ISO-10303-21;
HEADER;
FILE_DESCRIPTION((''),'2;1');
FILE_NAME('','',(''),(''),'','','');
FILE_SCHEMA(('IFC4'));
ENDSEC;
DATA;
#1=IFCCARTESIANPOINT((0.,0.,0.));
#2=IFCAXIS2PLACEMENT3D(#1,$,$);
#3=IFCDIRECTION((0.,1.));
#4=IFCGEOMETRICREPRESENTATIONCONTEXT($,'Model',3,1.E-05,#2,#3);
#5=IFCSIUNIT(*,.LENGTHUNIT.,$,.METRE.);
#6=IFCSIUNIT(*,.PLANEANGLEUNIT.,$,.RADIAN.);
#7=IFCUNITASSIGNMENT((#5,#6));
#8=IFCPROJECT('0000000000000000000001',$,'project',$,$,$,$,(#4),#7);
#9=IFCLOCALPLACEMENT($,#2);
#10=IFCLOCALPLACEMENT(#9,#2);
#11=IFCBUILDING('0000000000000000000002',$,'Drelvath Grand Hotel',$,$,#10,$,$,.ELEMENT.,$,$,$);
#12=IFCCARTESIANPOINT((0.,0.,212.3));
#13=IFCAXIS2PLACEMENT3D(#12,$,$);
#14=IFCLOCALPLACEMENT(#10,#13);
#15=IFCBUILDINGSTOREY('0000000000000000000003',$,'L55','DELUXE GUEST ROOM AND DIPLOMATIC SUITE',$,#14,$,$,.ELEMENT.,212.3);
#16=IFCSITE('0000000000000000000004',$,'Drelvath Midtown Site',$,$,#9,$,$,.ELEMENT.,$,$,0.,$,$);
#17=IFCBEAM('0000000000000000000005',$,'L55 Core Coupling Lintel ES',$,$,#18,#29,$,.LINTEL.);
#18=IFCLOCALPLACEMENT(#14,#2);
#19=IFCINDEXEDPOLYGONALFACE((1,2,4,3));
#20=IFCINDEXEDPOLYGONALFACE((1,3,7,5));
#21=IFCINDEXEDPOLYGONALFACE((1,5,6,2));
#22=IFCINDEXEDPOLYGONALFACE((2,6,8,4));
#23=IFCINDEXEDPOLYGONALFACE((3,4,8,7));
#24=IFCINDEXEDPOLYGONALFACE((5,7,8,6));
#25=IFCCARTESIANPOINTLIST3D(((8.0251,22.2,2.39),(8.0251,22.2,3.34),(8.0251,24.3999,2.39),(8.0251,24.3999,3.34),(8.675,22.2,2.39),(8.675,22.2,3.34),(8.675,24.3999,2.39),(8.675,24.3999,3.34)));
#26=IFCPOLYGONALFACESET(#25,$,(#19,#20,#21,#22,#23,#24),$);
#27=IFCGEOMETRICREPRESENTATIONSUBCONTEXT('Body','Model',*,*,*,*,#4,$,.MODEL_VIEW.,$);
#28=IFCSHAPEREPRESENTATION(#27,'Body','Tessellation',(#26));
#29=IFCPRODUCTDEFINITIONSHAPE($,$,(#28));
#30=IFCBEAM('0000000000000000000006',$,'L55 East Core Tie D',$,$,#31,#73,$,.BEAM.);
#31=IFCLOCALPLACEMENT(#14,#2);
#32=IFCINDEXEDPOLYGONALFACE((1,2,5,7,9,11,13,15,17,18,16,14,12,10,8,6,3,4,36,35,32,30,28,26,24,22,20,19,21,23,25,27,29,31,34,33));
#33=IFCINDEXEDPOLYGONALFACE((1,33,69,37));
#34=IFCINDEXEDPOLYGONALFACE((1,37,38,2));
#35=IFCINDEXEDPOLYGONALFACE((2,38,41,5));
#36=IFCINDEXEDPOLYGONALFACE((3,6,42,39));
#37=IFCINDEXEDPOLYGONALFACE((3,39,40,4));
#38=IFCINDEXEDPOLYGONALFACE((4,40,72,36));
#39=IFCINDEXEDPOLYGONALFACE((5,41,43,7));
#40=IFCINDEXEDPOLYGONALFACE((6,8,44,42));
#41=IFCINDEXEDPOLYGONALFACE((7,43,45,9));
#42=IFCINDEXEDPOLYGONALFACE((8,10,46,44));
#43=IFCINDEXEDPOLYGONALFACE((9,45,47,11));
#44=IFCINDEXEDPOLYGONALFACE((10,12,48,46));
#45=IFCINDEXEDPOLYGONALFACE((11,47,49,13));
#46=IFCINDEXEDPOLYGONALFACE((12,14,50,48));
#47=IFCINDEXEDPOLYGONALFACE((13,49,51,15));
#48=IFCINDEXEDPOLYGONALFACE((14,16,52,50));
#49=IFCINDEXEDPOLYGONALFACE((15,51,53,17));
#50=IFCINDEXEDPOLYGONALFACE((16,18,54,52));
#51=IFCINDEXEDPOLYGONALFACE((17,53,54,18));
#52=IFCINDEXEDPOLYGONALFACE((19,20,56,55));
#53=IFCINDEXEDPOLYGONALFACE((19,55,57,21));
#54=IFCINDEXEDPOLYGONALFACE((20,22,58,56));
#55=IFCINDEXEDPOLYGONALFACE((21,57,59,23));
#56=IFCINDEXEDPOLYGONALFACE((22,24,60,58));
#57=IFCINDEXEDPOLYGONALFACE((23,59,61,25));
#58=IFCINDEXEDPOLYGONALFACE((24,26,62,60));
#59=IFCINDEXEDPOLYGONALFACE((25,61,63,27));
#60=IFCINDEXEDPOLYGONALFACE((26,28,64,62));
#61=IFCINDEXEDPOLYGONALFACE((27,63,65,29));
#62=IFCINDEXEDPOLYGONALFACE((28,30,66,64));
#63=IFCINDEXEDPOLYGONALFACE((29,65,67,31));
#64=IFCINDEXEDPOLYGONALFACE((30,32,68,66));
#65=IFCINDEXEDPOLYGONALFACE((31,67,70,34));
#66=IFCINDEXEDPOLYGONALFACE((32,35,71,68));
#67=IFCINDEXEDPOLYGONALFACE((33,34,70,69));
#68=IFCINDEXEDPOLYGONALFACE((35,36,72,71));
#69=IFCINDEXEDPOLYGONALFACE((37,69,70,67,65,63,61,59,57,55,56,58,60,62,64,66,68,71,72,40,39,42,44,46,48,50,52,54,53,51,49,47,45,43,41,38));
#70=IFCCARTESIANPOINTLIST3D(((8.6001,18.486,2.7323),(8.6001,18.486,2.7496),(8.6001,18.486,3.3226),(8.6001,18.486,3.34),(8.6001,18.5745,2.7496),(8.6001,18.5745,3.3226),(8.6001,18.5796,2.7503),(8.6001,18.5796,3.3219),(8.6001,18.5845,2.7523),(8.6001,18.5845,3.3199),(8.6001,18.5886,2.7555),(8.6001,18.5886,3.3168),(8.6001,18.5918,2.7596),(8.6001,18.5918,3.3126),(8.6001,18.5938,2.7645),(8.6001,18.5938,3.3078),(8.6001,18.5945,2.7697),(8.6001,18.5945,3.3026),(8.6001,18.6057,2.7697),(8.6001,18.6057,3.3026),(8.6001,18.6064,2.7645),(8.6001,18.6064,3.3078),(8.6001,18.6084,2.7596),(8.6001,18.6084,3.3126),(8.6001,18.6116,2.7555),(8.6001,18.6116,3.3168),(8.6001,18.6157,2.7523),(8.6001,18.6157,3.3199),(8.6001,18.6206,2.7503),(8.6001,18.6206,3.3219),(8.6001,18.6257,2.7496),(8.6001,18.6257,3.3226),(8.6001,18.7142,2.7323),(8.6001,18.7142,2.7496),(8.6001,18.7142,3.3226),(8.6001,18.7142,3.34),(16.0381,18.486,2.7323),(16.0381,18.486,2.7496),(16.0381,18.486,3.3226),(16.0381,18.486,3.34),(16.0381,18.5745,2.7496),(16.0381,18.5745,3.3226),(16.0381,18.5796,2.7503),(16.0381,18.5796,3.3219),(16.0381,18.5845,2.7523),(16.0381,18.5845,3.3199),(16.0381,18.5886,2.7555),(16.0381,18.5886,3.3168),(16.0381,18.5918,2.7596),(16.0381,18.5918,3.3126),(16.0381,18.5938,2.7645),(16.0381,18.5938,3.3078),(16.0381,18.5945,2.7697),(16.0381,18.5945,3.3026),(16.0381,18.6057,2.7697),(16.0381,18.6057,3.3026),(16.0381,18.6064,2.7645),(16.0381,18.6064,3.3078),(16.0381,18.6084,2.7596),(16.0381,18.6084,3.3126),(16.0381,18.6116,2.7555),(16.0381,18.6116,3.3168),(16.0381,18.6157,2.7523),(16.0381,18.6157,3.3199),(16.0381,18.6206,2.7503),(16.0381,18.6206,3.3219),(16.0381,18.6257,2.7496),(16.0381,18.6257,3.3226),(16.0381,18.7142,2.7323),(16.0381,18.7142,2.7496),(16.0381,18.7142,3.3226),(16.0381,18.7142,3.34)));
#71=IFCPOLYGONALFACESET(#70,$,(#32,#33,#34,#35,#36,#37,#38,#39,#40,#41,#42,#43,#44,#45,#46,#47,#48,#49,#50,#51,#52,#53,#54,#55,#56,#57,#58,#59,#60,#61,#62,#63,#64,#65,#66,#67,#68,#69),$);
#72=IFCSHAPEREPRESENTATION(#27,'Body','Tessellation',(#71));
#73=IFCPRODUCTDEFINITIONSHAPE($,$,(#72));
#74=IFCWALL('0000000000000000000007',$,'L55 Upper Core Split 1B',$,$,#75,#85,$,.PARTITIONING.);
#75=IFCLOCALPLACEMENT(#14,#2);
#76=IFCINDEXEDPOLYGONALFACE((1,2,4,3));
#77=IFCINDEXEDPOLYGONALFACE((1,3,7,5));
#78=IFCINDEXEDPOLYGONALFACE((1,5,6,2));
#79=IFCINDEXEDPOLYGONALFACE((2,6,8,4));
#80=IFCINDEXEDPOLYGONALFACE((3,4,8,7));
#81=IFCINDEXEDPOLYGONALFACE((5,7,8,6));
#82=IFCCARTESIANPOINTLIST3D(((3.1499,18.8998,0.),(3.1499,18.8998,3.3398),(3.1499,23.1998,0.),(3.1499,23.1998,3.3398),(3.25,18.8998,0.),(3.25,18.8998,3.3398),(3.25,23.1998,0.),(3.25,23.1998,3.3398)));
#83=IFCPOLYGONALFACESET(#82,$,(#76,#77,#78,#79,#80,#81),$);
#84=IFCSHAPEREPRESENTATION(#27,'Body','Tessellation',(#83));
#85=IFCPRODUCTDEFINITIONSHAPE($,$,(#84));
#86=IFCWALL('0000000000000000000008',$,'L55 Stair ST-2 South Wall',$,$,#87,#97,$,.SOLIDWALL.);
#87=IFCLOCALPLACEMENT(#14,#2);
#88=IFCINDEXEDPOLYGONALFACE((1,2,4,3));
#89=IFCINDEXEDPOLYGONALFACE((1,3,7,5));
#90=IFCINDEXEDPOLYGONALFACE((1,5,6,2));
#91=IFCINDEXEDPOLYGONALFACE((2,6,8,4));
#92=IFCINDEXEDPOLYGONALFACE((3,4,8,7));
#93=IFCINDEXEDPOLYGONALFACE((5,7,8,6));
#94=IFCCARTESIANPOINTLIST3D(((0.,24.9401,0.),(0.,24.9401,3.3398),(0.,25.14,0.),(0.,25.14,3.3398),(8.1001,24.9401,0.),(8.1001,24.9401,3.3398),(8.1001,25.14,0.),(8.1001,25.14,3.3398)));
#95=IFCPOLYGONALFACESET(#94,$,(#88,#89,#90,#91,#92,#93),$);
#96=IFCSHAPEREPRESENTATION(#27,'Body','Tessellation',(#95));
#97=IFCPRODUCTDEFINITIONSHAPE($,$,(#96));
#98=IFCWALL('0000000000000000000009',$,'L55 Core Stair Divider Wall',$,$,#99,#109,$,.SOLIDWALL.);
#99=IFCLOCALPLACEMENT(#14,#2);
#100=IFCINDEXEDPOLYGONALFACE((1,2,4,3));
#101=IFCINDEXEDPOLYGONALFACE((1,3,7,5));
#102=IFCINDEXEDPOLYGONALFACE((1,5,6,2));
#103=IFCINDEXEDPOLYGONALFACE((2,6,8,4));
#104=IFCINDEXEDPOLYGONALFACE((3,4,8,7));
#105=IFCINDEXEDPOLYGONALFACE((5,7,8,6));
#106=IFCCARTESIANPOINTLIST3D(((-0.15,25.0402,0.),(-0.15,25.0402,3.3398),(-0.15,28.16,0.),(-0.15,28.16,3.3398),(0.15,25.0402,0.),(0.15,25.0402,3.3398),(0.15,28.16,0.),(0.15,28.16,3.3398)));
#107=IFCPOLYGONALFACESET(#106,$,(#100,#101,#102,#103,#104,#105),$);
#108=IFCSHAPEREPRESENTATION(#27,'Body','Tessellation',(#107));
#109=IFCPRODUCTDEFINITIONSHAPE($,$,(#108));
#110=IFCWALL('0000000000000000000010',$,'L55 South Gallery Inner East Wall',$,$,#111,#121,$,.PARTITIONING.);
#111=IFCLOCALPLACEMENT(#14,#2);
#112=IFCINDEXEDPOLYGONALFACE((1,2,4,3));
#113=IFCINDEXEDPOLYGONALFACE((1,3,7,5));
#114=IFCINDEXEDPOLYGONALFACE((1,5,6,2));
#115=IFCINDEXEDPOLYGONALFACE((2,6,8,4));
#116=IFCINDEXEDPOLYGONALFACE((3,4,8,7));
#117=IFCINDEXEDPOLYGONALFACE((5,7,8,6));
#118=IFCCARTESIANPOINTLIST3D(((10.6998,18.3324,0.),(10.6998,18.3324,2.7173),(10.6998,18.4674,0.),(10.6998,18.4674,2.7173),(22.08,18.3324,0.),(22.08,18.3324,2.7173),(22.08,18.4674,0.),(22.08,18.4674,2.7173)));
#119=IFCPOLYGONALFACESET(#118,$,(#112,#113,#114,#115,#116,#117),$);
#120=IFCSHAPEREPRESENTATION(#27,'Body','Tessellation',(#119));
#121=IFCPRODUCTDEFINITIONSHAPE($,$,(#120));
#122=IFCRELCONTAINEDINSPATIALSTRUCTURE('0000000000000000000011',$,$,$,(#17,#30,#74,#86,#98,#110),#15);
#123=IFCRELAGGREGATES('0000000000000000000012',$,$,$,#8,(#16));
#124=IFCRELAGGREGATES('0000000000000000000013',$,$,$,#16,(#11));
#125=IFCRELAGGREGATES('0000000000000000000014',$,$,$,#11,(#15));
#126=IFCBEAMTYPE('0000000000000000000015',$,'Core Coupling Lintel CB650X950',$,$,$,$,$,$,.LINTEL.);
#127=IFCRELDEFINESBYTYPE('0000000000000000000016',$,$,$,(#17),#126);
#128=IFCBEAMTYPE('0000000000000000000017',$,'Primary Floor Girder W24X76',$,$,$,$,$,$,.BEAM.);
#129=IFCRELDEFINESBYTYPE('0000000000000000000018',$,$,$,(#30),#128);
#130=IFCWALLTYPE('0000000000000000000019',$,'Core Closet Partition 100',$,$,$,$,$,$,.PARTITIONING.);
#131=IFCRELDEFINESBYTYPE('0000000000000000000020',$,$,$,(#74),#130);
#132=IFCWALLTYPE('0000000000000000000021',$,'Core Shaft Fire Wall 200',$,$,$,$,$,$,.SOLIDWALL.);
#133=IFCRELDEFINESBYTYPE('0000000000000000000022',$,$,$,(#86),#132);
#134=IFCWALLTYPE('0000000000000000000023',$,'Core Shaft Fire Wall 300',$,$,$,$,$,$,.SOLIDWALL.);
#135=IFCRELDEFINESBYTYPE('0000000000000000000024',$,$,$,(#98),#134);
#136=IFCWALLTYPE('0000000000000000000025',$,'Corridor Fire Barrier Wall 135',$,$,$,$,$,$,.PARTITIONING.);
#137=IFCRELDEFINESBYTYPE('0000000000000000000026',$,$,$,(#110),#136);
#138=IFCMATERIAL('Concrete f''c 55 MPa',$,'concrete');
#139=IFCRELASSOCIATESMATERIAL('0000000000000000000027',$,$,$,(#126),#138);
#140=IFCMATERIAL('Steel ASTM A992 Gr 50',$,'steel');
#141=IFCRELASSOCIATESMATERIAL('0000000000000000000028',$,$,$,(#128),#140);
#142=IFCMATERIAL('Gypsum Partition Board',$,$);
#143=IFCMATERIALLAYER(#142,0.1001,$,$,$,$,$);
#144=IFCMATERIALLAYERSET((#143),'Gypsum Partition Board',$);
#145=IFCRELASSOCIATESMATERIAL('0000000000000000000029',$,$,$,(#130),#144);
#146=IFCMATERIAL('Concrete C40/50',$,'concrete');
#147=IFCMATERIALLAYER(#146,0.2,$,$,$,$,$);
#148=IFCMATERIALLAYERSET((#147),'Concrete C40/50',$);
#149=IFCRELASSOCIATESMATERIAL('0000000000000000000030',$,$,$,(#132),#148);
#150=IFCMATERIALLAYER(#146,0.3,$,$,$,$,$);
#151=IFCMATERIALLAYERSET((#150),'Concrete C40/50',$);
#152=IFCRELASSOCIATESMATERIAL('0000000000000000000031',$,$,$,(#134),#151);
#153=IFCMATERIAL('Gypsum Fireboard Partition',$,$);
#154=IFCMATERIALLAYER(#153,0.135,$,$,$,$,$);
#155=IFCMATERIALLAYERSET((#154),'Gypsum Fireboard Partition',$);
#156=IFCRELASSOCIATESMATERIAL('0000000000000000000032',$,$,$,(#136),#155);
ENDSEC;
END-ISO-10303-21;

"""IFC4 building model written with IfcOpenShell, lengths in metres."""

from ifc_helpers import new_model, si_unit, direction, frame, frame_2d, origin, origin_2d, place, context, subcontext, project, spatial, rectangle, i_section, extrude, material, layer, layer_set, material_profile, profile_set, type_object, element, save


model = new_model("IFC4")

# Units and contexts
model_context = context("Model", 3, precision=1e-05, world=origin(), true_north=direction((0.0, 1.0)))
body_context = subcontext(model_context, "Body", "Model", "MODEL_VIEW")
ifc_project = project(units=[si_unit("LENGTHUNIT", "METRE"), si_unit("PLANEANGLEUNIT", "RADIAN")], contexts=[model_context])

# Site, building, storey
site_placement = place(None, origin())
site = spatial("IfcSite", under=ifc_project, at=site_placement, Name="Drelvath Midtown Site", CompositionType="ELEMENT", RefElevation=0.0)
building_placement = place(site_placement, origin())
building = spatial("IfcBuilding", under=site, at=building_placement, Name="Drelvath Grand Hotel", CompositionType="ELEMENT")
storey_placement = place(building_placement, frame((0.0, 0.0, 212.3)))
storey = spatial("IfcBuildingStorey", under=building, at=storey_placement, Name="L55", Description="DELUXE GUEST ROOM AND DIPLOMATIC SUITE", CompositionType="ELEMENT", Elevation=212.3)

# Beams
ifc_material_1 = material(Name="Concrete f'c 55 MPa", Category="concrete")
ifc_material_profile_1 = material_profile(ifc_material_1, rectangle(XDim=0.6499, YDim=0.95, at=origin_2d()), Name="CB650X950")
ifc_profile_set_1 = profile_set([ifc_material_profile_1], Name="Concrete f'c 55 MPa")
beam_type_1 = type_object("IfcBeamType", Name="Core Coupling Lintel CB650X950", PredefinedType="LINTEL", material=ifc_profile_set_1)
beam_1_placement = place(storey_placement, frame((8.3501, 22.2, 2.865), z_axis=(0.0, 1.0, 0.0), x_axis=(-1.0, 0.0, 0.0)))
element("IfcBeam", 1, at=beam_1_placement, inside=storey, type_object=beam_type_1, Name="L55 Core Coupling Lintel ES", PredefinedType="LINTEL", context=body_context, shape_type="SweptSolid", body=[
    extrude(rectangle(XDim=0.6499, YDim=0.95, at=origin_2d()), origin(), (0.0, 0.0, 1.0), 2.2),
])
ifc_material_2 = material(Name="Steel ASTM A992 Gr 50", Category="steel")
ifc_material_profile_2 = material_profile(ifc_material_2, i_section(OverallWidth=0.2283, OverallDepth=0.6077, WebThickness=0.0112, FlangeThickness=0.0173, FilletRadius=0.02, at=origin_2d()), Name="W24X76")
ifc_profile_set_2 = profile_set([ifc_material_profile_2], Name="Steel ASTM A992 Gr 50")
beam_type_2 = type_object("IfcBeamType", Name="Primary Floor Girder W24X76", PredefinedType="BEAM", material=ifc_profile_set_2)
beam_2_placement = place(storey_placement, frame((8.6001, 18.6001, 3.0361), z_axis=(1.0, 0.0, 0.0), x_axis=(0.0, 1.0, 0.0)))
element("IfcBeam", 2, at=beam_2_placement, inside=storey, type_object=beam_type_2, Name="L55 East Core Tie D", PredefinedType="BEAM", context=body_context, shape_type="SweptSolid", body=[
    extrude(i_section(OverallWidth=0.2283, OverallDepth=0.6077, WebThickness=0.0112, FlangeThickness=0.0173, FilletRadius=0.02, at=origin_2d()), origin(), (0.0, 0.0, 1.0), 7.438),
])

# Walls
ifc_material_3 = material(Name="Gypsum Partition Board")
ifc_layer_1 = layer(ifc_material_3, 0.1001)
ifc_layer_set_1 = layer_set([ifc_layer_1], Name="Gypsum Partition Board")
wall_type_1 = type_object("IfcWallType", Name="Core Closet Partition 100", PredefinedType="PARTITIONING", material=ifc_layer_set_1)
wall_1_placement = place(storey_placement, frame((3.2, 18.8999, 0.0), z_axis=(0.0, 0.0, 1.0), x_axis=(0.0, 1.0, 0.0)))
element("IfcWall", 3, at=wall_1_placement, inside=storey, type_object=wall_type_1, Name="L55 Upper Core Split 1B", PredefinedType="PARTITIONING", context=body_context, shape_type="SweptSolid", body=[
    extrude(rectangle(XDim=4.3, YDim=0.1001, at=frame_2d((2.1499, 0.0))), origin(), (0.0, 0.0, 1.0), 3.3398),
])
ifc_material_4 = material(Name="Concrete C40/50", Category="concrete")
ifc_layer_2 = layer(ifc_material_4, 0.2)
ifc_layer_set_2 = layer_set([ifc_layer_2], Name="Concrete C40/50")
wall_type_2 = type_object("IfcWallType", Name="Core Shaft Fire Wall 200", PredefinedType="SOLIDWALL", material=ifc_layer_set_2)
wall_2_placement = place(storey_placement, frame((0.0, 25.04, 0.0), z_axis=(0.0, 0.0, 1.0), x_axis=(1.0, 0.0, 0.0)))
element("IfcWall", 4, at=wall_2_placement, inside=storey, type_object=wall_type_2, Name="L55 Stair ST-2 South Wall", PredefinedType="SOLIDWALL", context=body_context, shape_type="SweptSolid", body=[
    extrude(rectangle(XDim=8.1001, YDim=0.2, at=frame_2d((4.05, 0.0))), origin(), (0.0, 0.0, 1.0), 3.3398),
])
ifc_layer_3 = layer(ifc_material_4, 0.3)
ifc_layer_set_3 = layer_set([ifc_layer_3], Name="Concrete C40/50")
wall_type_3 = type_object("IfcWallType", Name="Core Shaft Fire Wall 300", PredefinedType="SOLIDWALL", material=ifc_layer_set_3)
wall_3_placement = place(storey_placement, frame((0.0, 25.04, 0.0), z_axis=(0.0, 0.0, 1.0), x_axis=(0.0, 1.0, 0.0)))
element("IfcWall", 5, at=wall_3_placement, inside=storey, type_object=wall_type_3, Name="L55 Core Stair Divider Wall", PredefinedType="SOLIDWALL", context=body_context, shape_type="SweptSolid", body=[
    extrude(rectangle(XDim=3.1199, YDim=0.3, at=frame_2d((1.5601, 0.0))), origin(), (0.0, 0.0, 1.0), 3.3398),
])
ifc_material_5 = material(Name="Gypsum Fireboard Partition")
ifc_layer_4 = layer(ifc_material_5, 0.135)
ifc_layer_set_4 = layer_set([ifc_layer_4], Name="Gypsum Fireboard Partition")
wall_type_4 = type_object("IfcWallType", Name="Corridor Fire Barrier Wall 135", PredefinedType="PARTITIONING", material=ifc_layer_set_4)
wall_4_placement = place(storey_placement, frame((10.7, 18.3999, 0.0), z_axis=(0.0, 0.0, 1.0), x_axis=(1.0, 0.0, 0.0)))
element("IfcWall", 6, at=wall_4_placement, inside=storey, type_object=wall_type_4, Name="L55 South Gallery Inner East Wall", PredefinedType="PARTITIONING", context=body_context, shape_type="SweptSolid", body=[
    extrude(rectangle(XDim=11.3801, YDim=0.135, at=frame_2d((5.6899, 0.0))), origin(), (0.0, 0.0, 1.0), 2.7173),
])

save(model, "model.ifc")
